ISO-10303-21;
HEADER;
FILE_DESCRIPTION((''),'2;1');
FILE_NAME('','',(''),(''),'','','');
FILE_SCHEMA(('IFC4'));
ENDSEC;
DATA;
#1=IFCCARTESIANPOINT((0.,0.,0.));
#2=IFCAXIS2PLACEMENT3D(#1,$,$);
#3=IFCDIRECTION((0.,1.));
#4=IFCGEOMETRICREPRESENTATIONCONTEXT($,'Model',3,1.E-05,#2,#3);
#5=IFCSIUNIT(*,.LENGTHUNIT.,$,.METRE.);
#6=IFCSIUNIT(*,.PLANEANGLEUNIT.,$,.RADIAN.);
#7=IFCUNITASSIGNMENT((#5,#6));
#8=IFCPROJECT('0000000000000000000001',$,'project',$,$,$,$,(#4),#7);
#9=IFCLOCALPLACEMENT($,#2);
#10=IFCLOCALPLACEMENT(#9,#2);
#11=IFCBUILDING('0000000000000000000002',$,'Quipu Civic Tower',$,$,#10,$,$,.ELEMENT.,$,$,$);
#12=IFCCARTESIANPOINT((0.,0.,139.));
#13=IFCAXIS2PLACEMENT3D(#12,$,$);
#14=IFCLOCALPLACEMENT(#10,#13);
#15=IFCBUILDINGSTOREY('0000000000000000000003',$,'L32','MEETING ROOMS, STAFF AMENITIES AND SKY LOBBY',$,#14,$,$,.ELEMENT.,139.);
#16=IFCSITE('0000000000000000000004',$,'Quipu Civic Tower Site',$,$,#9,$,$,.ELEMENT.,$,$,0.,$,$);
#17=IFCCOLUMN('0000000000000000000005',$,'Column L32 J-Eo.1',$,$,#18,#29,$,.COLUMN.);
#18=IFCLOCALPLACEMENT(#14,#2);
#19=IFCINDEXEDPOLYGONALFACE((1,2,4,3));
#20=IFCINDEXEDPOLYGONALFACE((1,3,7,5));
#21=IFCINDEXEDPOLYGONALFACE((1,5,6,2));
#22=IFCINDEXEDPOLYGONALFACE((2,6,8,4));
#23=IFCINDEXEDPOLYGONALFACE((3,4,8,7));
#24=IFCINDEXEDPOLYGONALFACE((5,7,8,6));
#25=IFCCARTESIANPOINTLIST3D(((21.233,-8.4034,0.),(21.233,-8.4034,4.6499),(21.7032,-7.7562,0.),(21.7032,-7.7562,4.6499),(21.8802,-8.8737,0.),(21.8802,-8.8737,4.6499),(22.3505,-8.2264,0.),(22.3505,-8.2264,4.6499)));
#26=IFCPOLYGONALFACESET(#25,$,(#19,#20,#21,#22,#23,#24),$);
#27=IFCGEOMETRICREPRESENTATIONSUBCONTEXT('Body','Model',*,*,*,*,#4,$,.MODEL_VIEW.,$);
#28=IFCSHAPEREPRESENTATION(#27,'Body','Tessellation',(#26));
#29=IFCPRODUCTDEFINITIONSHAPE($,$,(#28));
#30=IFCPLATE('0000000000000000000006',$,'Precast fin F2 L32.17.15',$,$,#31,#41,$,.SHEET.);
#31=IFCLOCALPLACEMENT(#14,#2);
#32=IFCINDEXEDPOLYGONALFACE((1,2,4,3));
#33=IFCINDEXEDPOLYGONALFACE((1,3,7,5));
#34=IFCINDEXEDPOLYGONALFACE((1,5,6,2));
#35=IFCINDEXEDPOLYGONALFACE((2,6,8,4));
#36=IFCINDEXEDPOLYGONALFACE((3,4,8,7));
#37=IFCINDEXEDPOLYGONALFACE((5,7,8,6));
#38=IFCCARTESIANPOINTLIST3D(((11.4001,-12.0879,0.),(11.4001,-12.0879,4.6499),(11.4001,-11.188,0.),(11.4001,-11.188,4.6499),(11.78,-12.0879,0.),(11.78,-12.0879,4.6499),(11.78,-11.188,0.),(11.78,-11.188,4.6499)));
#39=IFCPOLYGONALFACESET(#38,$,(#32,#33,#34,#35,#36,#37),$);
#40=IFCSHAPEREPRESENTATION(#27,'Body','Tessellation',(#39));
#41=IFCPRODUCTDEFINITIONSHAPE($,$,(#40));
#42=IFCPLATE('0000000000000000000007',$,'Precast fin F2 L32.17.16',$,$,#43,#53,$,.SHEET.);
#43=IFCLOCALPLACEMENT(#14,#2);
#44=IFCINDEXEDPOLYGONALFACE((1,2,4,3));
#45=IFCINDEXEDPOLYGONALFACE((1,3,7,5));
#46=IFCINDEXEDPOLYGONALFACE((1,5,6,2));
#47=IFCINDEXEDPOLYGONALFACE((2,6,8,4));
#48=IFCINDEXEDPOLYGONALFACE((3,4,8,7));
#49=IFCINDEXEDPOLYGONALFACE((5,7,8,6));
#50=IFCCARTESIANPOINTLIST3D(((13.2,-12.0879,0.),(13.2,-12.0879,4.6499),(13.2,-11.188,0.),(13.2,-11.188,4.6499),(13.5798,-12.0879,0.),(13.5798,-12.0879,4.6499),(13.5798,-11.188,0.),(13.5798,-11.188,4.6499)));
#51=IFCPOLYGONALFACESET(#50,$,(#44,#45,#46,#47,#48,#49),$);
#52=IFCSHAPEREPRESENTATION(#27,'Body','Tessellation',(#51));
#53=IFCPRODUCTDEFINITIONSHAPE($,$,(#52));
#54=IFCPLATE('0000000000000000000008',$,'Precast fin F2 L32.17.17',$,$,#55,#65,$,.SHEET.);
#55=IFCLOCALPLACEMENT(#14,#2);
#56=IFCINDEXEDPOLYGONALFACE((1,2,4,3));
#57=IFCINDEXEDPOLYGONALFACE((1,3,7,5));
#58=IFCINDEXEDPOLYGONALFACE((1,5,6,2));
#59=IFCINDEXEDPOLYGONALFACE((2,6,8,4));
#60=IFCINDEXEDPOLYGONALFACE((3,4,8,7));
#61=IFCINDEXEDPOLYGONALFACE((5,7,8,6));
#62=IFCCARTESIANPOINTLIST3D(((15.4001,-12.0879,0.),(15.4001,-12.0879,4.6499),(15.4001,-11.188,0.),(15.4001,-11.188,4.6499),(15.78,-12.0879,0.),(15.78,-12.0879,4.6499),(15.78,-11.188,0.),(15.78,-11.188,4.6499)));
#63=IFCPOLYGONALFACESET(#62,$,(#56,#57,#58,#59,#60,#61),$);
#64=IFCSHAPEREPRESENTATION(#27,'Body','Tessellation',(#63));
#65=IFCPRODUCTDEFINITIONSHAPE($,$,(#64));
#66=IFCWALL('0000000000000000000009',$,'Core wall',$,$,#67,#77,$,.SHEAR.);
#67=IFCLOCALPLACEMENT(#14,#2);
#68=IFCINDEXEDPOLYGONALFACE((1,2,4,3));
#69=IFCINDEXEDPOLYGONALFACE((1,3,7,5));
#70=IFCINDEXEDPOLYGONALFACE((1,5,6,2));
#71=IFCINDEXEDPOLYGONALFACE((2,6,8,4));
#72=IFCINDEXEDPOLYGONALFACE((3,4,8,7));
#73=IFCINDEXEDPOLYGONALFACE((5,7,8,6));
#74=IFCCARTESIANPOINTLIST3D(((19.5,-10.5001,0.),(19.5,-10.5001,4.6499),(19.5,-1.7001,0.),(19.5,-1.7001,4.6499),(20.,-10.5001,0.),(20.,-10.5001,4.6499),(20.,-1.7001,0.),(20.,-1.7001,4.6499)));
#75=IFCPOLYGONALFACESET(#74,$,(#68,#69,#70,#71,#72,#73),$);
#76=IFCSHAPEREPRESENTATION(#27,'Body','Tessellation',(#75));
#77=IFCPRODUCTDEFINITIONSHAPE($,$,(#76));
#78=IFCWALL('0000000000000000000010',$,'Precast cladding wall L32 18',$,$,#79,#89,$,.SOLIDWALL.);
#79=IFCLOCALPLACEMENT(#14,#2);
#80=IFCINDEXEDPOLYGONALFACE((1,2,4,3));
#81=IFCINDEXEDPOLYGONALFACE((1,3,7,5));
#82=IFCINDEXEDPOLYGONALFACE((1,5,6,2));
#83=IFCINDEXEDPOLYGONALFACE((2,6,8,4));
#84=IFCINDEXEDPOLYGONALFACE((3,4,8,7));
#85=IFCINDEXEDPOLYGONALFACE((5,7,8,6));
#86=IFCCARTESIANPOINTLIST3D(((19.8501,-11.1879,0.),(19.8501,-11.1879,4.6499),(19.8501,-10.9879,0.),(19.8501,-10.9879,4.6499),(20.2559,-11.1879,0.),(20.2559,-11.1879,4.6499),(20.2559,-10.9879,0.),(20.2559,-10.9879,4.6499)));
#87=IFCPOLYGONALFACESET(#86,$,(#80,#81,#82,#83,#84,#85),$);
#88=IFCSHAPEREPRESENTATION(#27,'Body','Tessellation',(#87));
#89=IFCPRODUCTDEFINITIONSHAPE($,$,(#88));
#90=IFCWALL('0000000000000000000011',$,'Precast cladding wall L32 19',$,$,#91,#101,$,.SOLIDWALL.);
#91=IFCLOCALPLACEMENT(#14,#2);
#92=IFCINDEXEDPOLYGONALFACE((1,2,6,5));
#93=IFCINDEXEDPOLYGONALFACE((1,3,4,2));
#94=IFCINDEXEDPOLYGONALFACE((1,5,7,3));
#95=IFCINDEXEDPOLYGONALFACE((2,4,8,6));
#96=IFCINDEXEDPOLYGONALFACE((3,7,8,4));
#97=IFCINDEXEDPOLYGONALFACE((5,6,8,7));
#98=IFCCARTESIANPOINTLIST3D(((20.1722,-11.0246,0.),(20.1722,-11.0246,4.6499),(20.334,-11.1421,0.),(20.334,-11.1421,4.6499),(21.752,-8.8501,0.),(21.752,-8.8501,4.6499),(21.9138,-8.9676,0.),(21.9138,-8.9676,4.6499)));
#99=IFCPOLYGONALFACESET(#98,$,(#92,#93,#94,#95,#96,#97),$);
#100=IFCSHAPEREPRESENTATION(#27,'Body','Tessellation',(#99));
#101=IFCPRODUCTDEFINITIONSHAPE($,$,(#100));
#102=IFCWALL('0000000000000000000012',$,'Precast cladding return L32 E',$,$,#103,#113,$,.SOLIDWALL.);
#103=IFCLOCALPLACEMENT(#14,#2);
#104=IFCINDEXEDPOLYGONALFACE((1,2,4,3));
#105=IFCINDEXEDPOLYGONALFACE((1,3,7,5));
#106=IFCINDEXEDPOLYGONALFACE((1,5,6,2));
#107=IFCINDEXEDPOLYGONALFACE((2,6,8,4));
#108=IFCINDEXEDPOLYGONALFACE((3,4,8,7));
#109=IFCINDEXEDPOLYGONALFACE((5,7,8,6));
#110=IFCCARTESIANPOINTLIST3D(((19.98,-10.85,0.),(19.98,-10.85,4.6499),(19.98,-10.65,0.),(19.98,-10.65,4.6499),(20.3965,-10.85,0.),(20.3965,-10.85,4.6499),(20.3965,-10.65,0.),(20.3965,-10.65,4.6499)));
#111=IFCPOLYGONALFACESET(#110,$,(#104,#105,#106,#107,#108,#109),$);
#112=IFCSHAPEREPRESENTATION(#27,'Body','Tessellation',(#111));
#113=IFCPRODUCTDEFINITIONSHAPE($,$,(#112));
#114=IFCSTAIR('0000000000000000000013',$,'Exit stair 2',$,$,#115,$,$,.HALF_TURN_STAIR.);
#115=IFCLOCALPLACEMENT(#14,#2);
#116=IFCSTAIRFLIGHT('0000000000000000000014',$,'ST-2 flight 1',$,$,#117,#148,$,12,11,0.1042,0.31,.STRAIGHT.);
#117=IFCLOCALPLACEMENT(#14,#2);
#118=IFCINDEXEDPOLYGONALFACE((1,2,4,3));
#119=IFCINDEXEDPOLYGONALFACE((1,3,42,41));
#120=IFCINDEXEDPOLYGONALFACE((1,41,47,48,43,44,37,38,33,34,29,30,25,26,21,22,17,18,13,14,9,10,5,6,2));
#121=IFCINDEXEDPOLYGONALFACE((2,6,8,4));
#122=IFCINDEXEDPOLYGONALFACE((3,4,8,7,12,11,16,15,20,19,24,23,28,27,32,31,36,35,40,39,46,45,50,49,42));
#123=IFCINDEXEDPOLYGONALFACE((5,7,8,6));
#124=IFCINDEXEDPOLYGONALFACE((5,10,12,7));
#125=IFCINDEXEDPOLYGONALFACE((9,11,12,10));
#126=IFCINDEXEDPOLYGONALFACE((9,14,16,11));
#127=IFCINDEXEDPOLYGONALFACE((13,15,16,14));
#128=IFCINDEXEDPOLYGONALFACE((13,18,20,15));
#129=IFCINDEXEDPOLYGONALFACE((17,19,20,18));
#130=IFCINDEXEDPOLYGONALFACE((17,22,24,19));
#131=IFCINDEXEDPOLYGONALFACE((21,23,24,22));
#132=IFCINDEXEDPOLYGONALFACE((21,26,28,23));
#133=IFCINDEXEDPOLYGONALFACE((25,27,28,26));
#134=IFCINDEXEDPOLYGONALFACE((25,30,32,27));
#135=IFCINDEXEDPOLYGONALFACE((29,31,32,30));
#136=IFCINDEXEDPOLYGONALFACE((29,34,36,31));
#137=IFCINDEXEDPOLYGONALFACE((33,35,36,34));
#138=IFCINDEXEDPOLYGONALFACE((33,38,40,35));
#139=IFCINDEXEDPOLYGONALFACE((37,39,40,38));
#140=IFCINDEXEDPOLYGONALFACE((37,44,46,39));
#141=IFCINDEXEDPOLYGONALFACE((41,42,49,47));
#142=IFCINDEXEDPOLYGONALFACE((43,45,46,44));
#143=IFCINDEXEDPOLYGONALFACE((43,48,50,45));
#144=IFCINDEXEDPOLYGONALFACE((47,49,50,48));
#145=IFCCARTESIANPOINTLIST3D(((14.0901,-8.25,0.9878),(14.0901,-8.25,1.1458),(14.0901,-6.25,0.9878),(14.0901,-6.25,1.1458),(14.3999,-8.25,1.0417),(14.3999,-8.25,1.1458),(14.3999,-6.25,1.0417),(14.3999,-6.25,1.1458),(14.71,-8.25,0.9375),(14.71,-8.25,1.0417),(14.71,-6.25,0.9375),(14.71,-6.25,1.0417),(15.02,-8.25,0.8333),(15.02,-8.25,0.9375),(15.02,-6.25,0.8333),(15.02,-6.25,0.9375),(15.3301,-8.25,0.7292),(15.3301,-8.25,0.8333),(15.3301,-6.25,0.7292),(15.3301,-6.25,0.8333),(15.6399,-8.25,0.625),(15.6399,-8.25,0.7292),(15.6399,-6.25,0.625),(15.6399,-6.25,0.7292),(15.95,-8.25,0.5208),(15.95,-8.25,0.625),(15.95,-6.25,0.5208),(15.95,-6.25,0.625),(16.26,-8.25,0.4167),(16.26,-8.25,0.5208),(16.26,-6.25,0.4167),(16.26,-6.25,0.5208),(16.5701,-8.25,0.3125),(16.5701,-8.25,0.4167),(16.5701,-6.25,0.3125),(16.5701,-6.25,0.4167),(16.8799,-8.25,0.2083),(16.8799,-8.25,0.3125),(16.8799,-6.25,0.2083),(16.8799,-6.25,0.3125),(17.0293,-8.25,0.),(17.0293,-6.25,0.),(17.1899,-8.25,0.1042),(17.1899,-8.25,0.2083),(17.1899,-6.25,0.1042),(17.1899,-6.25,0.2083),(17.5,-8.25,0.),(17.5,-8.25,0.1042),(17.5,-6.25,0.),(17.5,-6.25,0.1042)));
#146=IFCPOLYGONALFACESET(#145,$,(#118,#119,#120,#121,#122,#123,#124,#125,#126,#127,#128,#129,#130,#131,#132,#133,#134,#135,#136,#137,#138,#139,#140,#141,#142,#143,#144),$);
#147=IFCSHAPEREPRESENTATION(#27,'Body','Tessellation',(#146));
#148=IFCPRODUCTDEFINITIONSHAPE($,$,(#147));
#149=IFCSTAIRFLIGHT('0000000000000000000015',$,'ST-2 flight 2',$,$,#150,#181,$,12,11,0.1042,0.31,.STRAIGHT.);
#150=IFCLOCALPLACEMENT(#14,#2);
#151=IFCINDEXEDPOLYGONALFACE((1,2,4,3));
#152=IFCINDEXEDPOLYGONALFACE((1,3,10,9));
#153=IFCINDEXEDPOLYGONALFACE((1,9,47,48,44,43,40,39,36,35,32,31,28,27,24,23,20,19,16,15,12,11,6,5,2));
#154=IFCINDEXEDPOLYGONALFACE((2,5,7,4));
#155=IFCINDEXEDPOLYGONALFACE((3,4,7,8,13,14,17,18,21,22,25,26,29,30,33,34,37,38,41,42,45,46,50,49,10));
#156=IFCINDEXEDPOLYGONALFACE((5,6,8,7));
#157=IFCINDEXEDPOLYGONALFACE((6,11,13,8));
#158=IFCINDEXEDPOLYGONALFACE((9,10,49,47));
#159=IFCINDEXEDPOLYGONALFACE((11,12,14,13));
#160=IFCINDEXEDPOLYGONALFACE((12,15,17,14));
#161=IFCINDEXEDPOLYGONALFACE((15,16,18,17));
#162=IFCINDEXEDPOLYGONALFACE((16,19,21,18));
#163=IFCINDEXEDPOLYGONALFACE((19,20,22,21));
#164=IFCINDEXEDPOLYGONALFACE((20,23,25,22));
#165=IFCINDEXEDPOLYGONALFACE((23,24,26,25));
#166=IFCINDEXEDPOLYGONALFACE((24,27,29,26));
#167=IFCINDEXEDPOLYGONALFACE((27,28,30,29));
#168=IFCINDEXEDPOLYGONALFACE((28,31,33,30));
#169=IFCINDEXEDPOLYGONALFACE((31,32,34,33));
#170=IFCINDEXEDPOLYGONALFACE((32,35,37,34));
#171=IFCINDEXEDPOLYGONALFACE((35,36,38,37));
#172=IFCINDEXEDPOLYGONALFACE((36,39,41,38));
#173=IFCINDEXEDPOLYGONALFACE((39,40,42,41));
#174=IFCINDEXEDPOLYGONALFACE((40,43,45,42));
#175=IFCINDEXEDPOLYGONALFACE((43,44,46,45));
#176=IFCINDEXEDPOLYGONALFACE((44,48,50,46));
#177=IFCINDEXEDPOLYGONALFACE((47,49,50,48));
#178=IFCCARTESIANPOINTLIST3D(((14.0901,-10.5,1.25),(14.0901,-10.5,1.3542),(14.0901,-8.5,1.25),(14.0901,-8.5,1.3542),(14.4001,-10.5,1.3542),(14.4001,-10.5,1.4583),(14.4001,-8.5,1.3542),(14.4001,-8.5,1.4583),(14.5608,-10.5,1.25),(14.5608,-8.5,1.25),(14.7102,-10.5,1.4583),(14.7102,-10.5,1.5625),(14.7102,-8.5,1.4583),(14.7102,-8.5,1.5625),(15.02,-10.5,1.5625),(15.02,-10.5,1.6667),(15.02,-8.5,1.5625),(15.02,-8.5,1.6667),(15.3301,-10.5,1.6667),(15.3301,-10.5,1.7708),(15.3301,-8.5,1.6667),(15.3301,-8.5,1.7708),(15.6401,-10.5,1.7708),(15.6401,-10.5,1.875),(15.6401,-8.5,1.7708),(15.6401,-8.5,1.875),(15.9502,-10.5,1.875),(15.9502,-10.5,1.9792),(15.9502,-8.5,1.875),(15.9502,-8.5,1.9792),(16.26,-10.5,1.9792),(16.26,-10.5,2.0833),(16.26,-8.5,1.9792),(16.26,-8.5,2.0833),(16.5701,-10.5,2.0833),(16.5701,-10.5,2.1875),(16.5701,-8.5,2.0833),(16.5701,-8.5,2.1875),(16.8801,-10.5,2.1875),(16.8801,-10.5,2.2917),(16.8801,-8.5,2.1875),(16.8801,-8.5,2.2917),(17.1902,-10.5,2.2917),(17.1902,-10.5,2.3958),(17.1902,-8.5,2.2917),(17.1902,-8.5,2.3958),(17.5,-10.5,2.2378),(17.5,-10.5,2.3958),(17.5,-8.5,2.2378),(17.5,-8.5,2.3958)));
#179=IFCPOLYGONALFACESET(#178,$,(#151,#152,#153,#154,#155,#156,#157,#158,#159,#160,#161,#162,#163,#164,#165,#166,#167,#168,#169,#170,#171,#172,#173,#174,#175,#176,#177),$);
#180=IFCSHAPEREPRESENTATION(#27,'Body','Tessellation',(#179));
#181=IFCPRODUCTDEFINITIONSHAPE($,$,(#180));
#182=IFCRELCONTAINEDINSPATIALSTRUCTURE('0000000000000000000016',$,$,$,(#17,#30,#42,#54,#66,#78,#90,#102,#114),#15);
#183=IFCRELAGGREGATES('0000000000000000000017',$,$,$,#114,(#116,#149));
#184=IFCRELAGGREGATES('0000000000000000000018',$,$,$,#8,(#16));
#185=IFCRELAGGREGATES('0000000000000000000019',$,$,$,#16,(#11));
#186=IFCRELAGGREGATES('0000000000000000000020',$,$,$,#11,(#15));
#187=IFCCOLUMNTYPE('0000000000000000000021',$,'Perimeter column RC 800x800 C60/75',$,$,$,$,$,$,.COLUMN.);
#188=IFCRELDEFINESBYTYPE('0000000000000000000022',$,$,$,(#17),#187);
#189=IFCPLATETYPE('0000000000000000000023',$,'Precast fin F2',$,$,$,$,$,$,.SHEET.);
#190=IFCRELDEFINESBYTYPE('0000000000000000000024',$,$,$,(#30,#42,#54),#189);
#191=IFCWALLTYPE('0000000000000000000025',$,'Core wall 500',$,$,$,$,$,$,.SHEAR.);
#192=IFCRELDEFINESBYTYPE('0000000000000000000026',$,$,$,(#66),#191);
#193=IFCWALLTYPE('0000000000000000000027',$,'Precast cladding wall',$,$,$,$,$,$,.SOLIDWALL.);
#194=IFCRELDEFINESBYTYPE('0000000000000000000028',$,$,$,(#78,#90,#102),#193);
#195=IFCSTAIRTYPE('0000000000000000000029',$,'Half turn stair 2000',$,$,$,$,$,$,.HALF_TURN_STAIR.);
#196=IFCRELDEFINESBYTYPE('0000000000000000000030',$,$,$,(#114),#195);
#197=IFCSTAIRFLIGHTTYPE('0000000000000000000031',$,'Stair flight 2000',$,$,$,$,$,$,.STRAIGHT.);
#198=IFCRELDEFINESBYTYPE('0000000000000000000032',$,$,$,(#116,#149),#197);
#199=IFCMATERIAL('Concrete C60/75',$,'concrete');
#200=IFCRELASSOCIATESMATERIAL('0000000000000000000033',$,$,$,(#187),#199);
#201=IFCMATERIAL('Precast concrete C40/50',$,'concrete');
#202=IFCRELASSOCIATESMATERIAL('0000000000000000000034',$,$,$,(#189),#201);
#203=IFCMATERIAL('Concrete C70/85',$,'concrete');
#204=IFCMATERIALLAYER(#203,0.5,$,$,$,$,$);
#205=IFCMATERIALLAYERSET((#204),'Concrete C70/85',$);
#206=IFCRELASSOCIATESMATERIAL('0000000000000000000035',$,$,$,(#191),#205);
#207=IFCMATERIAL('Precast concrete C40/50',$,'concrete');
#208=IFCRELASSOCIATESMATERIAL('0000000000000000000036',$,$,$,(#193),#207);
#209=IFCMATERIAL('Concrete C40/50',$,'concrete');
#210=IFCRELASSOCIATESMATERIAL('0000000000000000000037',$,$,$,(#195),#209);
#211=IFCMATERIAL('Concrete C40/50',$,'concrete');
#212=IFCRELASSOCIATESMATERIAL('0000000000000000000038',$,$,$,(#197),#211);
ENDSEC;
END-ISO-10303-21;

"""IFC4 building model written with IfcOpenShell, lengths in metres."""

from ifc_helpers import new_model, si_unit, direction, frame, frame_2d, origin, origin_2d, place, context, subcontext, project, spatial, polyline, rectangle, outline, extrude, material, layer, layer_set, material_profile, profile_set, type_object, element, aggregate, save


model = new_model("IFC4")

# Units and contexts
model_context = context("Model", 3, precision=1e-05, world=origin(), true_north=direction((0.0, 1.0)))
body_context = subcontext(model_context, "Body", "Model", "MODEL_VIEW")
ifc_project = project(units=[si_unit("LENGTHUNIT", "METRE"), si_unit("PLANEANGLEUNIT", "RADIAN")], contexts=[model_context])

# Site, building, storey
site_placement = place(None, origin())
site = spatial("IfcSite", under=ifc_project, at=site_placement, Name="Quipu Civic Tower Site", CompositionType="ELEMENT", RefElevation=0.0)
building_placement = place(site_placement, origin())
building = spatial("IfcBuilding", under=site, at=building_placement, Name="Quipu Civic Tower", CompositionType="ELEMENT")
storey_placement = place(building_placement, frame((0.0, 0.0, 139.0)))
storey = spatial("IfcBuildingStorey", under=building, at=storey_placement, Name="L32", Description="MEETING ROOMS, STAFF AMENITIES AND SKY LOBBY", CompositionType="ELEMENT", Elevation=139.0)

# Column
ifc_material_1 = material(Name="Concrete C60/75", Category="concrete")
ifc_material_profile = material_profile(ifc_material_1, rectangle(XDim=0.8, YDim=0.8, at=origin_2d()), Name="RC800x800")
ifc_profile_set = profile_set([ifc_material_profile], Name="Concrete C60/75")
column_type = type_object("IfcColumnType", Name="Perimeter column RC 800x800 C60/75", PredefinedType="COLUMN", material=ifc_profile_set)
column_placement = place(storey_placement, frame((21.7917, -8.3149, 0.0), z_axis=(0.0, 0.0, 1.0), x_axis=(0.587785, 0.809017, 0.0)))
element("IfcColumn", 1, at=column_placement, inside=storey, type_object=column_type, Name="Column L32 J-Eo.1", PredefinedType="COLUMN", context=body_context, shape_type="SweptSolid", body=[
    extrude(rectangle(XDim=0.8, YDim=0.8, at=origin_2d()), origin(), (0.0, 0.0, 1.0), 4.6499),
])

# Plates
ifc_material_2 = material(Name="Precast concrete C40/50", Category="concrete")
plate_type = type_object("IfcPlateType", Name="Precast fin F2", PredefinedType="SHEET", material=ifc_material_2)
for number, where, z_axis, x_axis, name in (
    (2, (11.5901, -11.6379, 0.0), (0.0, 0.0, 1.0), (1.0, 0.0, 0.0), "Precast fin F2 L32.17.15"),
    (3, (13.3899, -11.6379, 0.0), (0.0, 0.0, 1.0), (1.0, 0.0, 0.0), "Precast fin F2 L32.17.16"),
    (4, (15.5901, -11.6379, 0.0), (0.0, 0.0, 1.0), (1.0, 0.0, 0.0), "Precast fin F2 L32.17.17"),
):
    element("IfcPlate", number, at=place(storey_placement, frame(where, z_axis=z_axis, x_axis=x_axis)), inside=storey, type_object=plate_type, Name=name, PredefinedType="SHEET", context=body_context, shape_type="SweptSolid", body=[
        extrude(rectangle(XDim=0.3799, YDim=0.8999, at=origin_2d()), origin(), (0.0, 0.0, 1.0), 4.6499),
    ])

# Walls
ifc_material_3 = material(Name="Concrete C70/85", Category="concrete")
ifc_layer_1 = layer(ifc_material_3, 0.5)
ifc_layer_set_1 = layer_set([ifc_layer_1], Name="Concrete C70/85")
wall_type_1 = type_object("IfcWallType", Name="Core wall 500", PredefinedType="SHEAR", material=ifc_layer_set_1)
wall_1_placement = place(storey_placement, frame((19.75, -10.5, 0.0), z_axis=(0.0, 0.0, 1.0), x_axis=(0.0, 1.0, 0.0)))
element("IfcWall", 5, at=wall_1_placement, inside=storey, type_object=wall_type_1, Name="Core wall", PredefinedType="SHEAR", context=body_context, shape_type="SweptSolid", body=[
    extrude(rectangle(XDim=8.8, YDim=0.5, at=frame_2d((4.3999, 0.0))), origin(), (0.0, 0.0, 1.0), 4.6499),
])
ifc_material_4 = material(Name="Precast concrete C40/50", Category="concrete")
wall_type_2 = type_object("IfcWallType", Name="Precast cladding wall", PredefinedType="SOLIDWALL", material=ifc_material_4)
wall_2_placement = place(storey_placement, frame((19.8501, -11.0879, 0.0), z_axis=(0.0, 0.0, 1.0), x_axis=(1.0, 0.0, 0.0)))
element("IfcWall", 6, at=wall_2_placement, inside=storey, type_object=wall_type_2, Name="Precast cladding wall L32 18", PredefinedType="SOLIDWALL", context=body_context, shape_type="SweptSolid", body=[
    extrude(rectangle(XDim=0.4058, YDim=0.2, at=frame_2d((0.2029, 0.0))), origin(), (0.0, 0.0, 1.0), 4.6499),
])
wall_3_placement = place(storey_placement, frame((20.2532, -11.0833, 0.0), z_axis=(0.0, 0.0, 1.0), x_axis=(0.587767, 0.809031, 0.0)))
element("IfcWall", 7, at=wall_3_placement, inside=storey, type_object=wall_type_2, Name="Precast cladding wall L32 19", PredefinedType="SOLIDWALL", context=body_context, shape_type="SweptSolid", body=[
    extrude(rectangle(XDim=2.6877, YDim=0.2, at=frame_2d((1.3438, 0.0))), origin(), (0.0, 0.0, 1.0), 4.6499),
])
wall_4_placement = place(storey_placement, frame((19.98, -10.75, 0.0), z_axis=(0.0, 0.0, 1.0), x_axis=(1.0, 0.0, 0.0)))
element("IfcWall", 8, at=wall_4_placement, inside=storey, type_object=wall_type_2, Name="Precast cladding return L32 E", PredefinedType="SOLIDWALL", context=body_context, shape_type="SweptSolid", body=[
    extrude(rectangle(XDim=0.4165, YDim=0.2, at=frame_2d((0.2083, 0.0))), origin(), (0.0, 0.0, 1.0), 4.6499),
])

# Stair, stair flights
ifc_material_5 = material(Name="Concrete C40/50", Category="concrete")
stair_type = type_object("IfcStairType", Name="Half turn stair 2000", PredefinedType="HALF_TURN_STAIR", material=ifc_material_5)
stair_placement = place(storey_placement, origin())
stair = element("IfcStair", 9, at=stair_placement, inside=storey, type_object=stair_type, Name="Exit stair 2", PredefinedType="HALF_TURN_STAIR")
ifc_material_6 = material(Name="Concrete C40/50", Category="concrete")
stair_flight_type = type_object("IfcStairFlightType", Name="Stair flight 2000", PredefinedType="STRAIGHT", material=ifc_material_6)
stair_flight_1_placement = place(storey_placement, frame((17.5, -7.25, 0.0), z_axis=(0.0, 0.0, 1.0), x_axis=(-1.0, 0.0, 0.0)))
stair_flight_1 = element("IfcStairFlight", 10, at=stair_flight_1_placement, type_object=stair_flight_type, Name="ST-2 flight 1", NumberOfRisers=12, NumberOfTreads=11, PredefinedType="STRAIGHT", RiserHeight=0.1042, TreadLength=0.31, context=body_context, shape_type="SweptSolid", body=[
    extrude(outline(polyline([(0.0, 0.0), (0.0, 0.1042), (0.3101, 0.1042), (0.3101, 0.2083), (0.6201, 0.2083), (0.6201, 0.3125), (0.9299, 0.3125), (0.9299, 0.4167), (1.24, 0.4167), (1.24, 0.5208), (1.55, 0.5208), (1.55, 0.625), (1.8601, 0.625), (1.8601, 0.7292), (2.1699, 0.7292), (2.1699, 0.8333), (2.48, 0.8333), (2.48, 0.9375), (2.79, 0.9375), (2.79, 1.0417), (3.1001, 1.0417), (3.1001, 1.1458), (3.4099, 1.1458), (3.4099, 1.25), (3.4099, 0.9878), (0.4707, 0.0), (0.0, 0.0)])), frame((0.0, 1.0, 0.0), z_axis=(0.0, -1.0, 0.0), x_axis=(1.0, 0.0, 0.0)), (0.0, 0.0, 1.0), 2.0),
])
stair_flight_2_placement = place(storey_placement, frame((14.0901, -9.5, 1.25), z_axis=(0.0, 0.0, 1.0), x_axis=(1.0, 0.0, 0.0)))
stair_flight_2 = element("IfcStairFlight", 11, at=stair_flight_2_placement, type_object=stair_flight_type, Name="ST-2 flight 2", NumberOfRisers=12, NumberOfTreads=11, PredefinedType="STRAIGHT", RiserHeight=0.1042, TreadLength=0.31, context=body_context, shape_type="SweptSolid", body=[
    extrude(outline(polyline([(0.0, 0.0), (0.0, 0.1042), (0.3101, 0.1042), (0.3101, 0.2083), (0.6201, 0.2083), (0.6201, 0.3125), (0.9299, 0.3125), (0.9299, 0.4167), (1.24, 0.4167), (1.24, 0.5208), (1.55, 0.5208), (1.55, 0.625), (1.8601, 0.625), (1.8601, 0.7292), (2.1699, 0.7292), (2.1699, 0.8333), (2.48, 0.8333), (2.48, 0.9375), (2.79, 0.9375), (2.79, 1.0417), (3.1001, 1.0417), (3.1001, 1.1458), (3.4099, 1.1458), (3.4099, 1.25), (3.4099, 0.9878), (0.4707, 0.0), (0.0, 0.0)])), frame((0.0, 1.0, 0.0), z_axis=(0.0, -1.0, 0.0), x_axis=(1.0, 0.0, 0.0)), (0.0, 0.0, 1.0), 2.0),
])
aggregate(stair, [stair_flight_1, stair_flight_2])

save(model, "model.ifc")
